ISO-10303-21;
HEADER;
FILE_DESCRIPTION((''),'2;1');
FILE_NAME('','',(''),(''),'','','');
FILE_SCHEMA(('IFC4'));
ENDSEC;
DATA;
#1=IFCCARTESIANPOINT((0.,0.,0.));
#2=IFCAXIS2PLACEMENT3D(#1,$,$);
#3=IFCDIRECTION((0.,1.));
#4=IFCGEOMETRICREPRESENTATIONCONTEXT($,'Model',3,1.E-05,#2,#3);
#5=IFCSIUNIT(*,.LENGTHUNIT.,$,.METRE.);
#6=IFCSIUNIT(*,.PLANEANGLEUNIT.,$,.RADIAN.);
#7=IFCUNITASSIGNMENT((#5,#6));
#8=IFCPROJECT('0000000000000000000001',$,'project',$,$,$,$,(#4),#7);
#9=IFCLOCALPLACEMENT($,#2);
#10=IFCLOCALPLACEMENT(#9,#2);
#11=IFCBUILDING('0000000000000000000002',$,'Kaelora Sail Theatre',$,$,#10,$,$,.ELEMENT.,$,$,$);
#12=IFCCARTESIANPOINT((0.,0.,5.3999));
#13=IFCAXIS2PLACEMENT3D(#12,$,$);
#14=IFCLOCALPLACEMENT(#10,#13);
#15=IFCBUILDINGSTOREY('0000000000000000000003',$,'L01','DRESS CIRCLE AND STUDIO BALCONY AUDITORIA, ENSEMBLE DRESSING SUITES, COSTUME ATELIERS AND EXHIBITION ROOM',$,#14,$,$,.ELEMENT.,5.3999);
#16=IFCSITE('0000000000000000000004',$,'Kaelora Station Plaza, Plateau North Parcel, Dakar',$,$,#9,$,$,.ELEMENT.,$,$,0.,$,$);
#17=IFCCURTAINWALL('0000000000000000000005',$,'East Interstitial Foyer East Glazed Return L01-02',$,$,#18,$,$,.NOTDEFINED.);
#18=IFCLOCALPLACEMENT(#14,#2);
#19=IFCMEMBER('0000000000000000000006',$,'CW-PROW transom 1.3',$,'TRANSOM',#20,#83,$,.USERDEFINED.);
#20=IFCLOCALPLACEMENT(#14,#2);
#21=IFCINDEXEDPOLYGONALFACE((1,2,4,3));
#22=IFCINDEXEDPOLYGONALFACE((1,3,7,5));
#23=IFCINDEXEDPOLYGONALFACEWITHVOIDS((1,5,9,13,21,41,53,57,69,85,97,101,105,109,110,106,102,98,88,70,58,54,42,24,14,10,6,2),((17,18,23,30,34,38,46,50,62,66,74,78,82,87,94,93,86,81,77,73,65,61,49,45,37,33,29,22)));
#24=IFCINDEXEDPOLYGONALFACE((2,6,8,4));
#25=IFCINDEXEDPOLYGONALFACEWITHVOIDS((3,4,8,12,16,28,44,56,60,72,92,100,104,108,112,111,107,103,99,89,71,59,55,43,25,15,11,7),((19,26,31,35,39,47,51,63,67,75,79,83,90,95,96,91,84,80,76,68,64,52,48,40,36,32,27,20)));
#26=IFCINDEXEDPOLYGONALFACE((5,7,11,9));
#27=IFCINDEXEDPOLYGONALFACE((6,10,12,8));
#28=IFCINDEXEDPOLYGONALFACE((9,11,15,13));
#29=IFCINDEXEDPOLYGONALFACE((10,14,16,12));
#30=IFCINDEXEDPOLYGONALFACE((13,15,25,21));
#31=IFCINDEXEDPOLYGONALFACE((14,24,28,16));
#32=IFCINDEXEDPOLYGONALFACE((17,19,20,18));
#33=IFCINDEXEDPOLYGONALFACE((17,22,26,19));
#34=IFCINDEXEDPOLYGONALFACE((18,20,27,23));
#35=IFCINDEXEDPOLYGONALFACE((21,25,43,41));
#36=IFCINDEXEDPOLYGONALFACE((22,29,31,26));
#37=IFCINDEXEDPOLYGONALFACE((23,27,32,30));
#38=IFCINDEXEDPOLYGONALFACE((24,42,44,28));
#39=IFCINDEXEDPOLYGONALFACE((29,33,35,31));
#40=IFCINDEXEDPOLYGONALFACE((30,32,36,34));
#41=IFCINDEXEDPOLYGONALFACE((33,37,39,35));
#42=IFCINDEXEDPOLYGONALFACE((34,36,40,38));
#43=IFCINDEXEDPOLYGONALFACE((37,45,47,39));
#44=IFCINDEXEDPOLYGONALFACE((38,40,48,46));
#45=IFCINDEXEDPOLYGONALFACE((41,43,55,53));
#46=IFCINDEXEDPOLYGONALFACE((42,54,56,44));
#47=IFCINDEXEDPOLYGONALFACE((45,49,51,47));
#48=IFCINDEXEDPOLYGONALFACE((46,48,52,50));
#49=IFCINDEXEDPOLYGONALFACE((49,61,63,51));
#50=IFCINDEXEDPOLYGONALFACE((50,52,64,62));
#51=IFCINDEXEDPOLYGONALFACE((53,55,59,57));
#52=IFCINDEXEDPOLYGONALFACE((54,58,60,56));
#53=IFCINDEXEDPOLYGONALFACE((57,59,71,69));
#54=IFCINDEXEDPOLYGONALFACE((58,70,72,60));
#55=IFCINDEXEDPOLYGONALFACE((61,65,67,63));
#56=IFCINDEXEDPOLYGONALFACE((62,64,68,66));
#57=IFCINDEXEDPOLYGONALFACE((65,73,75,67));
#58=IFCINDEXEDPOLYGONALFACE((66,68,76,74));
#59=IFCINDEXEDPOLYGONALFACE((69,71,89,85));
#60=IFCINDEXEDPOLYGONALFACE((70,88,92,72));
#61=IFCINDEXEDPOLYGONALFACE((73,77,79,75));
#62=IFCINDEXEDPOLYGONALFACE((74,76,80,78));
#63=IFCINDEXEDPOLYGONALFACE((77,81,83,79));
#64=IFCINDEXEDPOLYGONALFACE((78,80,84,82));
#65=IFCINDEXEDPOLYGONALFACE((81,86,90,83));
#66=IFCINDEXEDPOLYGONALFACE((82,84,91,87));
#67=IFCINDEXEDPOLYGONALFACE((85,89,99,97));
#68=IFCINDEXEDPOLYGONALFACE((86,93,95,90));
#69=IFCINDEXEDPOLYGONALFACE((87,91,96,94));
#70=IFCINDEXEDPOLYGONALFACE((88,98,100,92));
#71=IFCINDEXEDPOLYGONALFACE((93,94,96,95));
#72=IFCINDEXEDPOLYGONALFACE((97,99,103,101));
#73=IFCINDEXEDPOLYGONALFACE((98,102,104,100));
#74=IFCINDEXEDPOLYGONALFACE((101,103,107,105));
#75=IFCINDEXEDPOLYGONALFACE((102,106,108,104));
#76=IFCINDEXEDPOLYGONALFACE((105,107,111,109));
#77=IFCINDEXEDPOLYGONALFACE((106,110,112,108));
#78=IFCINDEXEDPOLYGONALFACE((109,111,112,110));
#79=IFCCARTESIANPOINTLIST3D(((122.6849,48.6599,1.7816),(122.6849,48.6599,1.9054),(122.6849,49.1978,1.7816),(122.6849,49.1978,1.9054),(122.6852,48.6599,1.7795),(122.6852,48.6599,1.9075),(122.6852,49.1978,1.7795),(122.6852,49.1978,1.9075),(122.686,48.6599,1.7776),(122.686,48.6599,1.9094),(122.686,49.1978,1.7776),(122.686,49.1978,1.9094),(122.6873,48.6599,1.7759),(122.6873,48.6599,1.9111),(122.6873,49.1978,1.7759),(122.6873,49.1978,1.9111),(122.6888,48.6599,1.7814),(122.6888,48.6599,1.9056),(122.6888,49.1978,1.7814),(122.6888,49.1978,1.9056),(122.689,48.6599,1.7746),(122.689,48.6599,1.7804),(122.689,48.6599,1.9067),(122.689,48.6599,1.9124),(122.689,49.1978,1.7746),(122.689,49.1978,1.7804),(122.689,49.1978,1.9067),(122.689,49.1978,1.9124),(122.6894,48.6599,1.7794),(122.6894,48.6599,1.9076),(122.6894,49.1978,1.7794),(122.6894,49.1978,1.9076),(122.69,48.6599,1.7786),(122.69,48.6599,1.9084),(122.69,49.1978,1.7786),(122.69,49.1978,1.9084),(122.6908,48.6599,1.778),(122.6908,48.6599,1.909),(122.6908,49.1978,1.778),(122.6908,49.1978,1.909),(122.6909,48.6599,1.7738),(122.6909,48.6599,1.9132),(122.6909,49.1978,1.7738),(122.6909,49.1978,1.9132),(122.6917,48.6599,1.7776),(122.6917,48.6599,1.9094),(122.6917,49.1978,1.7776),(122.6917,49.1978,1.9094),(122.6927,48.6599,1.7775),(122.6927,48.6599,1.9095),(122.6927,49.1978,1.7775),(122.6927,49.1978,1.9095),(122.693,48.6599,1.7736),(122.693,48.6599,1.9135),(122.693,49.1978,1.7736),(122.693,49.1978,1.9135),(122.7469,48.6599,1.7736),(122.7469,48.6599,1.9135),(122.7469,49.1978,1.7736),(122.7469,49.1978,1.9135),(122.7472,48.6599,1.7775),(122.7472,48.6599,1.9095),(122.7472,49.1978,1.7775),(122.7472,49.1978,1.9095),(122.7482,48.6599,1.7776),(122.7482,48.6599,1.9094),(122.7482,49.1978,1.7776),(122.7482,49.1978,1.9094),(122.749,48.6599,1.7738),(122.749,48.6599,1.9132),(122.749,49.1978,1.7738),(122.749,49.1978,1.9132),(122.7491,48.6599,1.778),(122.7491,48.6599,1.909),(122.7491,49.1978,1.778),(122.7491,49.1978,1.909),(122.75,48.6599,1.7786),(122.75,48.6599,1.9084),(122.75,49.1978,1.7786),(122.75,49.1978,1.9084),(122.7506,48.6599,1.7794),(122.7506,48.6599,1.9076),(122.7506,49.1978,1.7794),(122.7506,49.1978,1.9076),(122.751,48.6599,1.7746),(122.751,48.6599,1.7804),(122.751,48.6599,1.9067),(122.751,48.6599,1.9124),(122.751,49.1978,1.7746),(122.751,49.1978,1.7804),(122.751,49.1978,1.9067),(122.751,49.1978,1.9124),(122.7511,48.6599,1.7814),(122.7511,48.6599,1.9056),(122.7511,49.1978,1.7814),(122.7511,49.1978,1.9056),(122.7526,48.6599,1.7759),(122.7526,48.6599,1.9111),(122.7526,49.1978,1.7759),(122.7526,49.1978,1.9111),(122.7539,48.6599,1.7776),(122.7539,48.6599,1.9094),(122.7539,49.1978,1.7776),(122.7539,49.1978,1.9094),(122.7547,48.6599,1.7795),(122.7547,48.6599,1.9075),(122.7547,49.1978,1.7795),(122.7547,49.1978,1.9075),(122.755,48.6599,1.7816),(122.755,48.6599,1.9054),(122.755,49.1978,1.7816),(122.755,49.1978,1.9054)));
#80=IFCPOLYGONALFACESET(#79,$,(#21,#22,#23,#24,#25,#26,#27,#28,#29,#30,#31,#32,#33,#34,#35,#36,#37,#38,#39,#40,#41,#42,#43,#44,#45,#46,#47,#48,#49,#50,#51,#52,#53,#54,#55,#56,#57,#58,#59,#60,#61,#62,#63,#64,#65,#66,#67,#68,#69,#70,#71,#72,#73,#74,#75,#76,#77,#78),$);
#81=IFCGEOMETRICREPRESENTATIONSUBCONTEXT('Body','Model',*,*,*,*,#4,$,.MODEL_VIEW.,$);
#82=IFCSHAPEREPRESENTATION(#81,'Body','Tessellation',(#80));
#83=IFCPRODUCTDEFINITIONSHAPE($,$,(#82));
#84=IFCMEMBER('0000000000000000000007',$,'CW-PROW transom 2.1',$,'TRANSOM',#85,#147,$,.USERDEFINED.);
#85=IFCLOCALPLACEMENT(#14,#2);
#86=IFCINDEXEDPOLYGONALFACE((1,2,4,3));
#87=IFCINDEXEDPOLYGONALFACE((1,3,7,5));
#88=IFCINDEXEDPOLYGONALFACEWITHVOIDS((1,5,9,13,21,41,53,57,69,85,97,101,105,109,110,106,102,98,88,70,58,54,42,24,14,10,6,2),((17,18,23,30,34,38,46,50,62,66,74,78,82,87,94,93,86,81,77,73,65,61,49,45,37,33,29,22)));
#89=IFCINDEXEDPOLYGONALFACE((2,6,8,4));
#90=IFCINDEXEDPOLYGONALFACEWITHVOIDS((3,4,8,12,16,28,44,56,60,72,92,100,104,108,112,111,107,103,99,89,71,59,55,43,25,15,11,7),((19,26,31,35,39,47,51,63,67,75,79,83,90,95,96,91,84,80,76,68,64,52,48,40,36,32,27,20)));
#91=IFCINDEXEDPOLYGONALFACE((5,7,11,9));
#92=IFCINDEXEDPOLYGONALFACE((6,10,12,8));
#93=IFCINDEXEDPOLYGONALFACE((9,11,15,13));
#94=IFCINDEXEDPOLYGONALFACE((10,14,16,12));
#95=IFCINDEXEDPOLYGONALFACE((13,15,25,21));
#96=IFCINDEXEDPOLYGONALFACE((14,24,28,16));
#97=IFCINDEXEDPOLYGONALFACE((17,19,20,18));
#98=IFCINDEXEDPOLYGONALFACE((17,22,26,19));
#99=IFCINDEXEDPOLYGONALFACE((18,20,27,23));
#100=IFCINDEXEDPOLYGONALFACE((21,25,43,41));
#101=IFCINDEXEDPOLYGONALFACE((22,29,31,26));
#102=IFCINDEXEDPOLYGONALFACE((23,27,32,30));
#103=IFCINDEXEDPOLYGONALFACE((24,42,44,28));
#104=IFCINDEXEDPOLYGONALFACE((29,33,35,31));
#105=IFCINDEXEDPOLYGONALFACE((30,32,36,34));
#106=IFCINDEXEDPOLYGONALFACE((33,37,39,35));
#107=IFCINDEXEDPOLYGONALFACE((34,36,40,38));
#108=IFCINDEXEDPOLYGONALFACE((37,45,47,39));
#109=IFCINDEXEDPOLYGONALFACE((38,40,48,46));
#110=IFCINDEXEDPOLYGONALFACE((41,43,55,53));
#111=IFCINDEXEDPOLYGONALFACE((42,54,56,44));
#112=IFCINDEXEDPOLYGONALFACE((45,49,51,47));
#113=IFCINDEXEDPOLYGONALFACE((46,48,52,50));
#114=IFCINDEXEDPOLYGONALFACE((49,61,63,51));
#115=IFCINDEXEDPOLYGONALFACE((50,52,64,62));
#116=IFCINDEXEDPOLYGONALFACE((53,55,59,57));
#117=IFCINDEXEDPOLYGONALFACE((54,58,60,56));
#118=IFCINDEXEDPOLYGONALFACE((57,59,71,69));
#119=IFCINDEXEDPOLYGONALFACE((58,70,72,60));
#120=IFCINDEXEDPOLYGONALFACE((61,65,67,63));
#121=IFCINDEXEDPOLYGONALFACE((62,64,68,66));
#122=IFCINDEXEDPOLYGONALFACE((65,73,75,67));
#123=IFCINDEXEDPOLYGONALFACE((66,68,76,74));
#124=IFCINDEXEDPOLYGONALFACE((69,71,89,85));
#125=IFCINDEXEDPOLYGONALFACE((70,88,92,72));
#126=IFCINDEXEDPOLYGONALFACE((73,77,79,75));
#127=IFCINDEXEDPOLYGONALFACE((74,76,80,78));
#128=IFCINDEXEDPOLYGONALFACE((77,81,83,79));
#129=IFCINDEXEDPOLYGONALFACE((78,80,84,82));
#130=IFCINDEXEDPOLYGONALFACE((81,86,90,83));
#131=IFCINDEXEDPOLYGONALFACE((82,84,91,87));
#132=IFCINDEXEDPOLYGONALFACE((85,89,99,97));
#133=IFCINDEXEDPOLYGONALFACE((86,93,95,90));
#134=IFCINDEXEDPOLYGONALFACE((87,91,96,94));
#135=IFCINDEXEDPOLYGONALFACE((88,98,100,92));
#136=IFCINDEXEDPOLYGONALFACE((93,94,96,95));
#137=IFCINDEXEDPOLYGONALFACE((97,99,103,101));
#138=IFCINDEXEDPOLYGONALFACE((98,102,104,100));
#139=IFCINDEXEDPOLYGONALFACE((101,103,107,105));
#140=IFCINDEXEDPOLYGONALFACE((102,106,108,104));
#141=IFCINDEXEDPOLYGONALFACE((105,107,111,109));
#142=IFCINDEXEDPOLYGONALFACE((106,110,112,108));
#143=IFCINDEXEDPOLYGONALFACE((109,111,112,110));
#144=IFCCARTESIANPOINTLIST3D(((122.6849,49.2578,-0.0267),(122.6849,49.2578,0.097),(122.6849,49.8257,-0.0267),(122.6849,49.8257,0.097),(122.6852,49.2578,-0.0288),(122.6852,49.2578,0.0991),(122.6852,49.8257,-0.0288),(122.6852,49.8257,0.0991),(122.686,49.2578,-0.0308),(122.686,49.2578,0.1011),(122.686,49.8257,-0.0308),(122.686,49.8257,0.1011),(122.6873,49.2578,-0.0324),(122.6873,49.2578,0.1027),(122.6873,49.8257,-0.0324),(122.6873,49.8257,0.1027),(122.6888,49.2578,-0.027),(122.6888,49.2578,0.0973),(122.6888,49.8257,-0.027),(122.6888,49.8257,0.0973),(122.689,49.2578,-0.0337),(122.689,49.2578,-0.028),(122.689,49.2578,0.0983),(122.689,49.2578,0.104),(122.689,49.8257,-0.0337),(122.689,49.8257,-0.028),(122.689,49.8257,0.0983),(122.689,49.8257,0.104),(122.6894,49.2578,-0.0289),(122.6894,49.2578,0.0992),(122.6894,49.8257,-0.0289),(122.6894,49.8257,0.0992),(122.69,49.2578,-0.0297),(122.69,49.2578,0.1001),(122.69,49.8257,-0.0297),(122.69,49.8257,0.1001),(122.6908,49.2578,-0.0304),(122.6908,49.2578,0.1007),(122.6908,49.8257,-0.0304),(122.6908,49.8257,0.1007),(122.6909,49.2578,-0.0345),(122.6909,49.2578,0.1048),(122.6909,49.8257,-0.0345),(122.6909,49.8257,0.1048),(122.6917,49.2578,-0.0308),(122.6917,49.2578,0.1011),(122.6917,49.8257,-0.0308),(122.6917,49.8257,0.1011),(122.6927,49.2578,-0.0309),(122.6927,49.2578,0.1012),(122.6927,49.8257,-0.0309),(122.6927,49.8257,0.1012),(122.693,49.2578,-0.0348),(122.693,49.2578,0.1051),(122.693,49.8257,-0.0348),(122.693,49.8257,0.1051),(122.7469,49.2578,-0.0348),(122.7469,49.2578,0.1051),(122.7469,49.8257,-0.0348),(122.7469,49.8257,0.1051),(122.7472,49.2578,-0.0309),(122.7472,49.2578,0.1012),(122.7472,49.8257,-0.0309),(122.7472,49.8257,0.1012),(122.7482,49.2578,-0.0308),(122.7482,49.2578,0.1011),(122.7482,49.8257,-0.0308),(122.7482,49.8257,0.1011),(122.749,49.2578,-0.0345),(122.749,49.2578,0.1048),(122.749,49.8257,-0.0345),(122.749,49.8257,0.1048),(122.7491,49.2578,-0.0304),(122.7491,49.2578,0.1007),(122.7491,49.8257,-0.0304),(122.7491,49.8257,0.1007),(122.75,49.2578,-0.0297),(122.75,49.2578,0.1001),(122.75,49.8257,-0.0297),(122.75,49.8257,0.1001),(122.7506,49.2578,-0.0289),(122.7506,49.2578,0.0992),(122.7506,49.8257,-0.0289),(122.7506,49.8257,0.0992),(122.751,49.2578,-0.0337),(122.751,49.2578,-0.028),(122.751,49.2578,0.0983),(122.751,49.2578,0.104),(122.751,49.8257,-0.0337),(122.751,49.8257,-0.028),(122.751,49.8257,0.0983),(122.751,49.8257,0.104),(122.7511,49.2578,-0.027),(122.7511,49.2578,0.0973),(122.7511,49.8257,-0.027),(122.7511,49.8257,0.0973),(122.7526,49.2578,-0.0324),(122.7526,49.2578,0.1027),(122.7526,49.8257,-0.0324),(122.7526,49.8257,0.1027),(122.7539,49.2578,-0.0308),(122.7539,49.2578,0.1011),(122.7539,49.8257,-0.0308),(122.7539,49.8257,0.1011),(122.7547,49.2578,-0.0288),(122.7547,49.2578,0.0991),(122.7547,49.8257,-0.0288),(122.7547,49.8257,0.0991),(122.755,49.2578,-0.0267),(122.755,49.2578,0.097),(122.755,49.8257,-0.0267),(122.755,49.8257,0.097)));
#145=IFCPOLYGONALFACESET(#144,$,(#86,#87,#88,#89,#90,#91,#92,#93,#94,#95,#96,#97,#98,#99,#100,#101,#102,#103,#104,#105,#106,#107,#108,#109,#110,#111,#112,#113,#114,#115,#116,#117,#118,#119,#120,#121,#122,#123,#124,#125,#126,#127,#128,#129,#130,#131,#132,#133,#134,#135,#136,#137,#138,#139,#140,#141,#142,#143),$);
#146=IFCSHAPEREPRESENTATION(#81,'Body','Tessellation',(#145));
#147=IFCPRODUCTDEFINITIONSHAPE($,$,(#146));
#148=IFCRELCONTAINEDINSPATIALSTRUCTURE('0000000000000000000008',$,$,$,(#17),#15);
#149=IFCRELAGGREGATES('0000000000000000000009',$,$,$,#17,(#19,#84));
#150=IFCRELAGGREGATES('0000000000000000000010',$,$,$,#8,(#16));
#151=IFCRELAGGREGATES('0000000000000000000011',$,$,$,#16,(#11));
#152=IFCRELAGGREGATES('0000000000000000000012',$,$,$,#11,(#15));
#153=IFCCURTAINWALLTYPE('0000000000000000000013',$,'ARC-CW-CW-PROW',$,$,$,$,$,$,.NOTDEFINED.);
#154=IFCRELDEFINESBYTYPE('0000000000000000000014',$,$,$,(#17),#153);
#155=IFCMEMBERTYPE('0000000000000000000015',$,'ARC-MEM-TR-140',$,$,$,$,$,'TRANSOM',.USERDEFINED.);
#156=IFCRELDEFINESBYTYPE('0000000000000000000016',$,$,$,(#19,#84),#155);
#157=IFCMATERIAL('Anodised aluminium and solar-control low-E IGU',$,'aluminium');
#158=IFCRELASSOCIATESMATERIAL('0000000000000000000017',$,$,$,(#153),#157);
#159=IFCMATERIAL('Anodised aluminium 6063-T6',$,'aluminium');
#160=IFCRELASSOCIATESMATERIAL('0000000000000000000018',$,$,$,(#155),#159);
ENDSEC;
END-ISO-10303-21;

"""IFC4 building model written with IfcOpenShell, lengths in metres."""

from ifc_helpers import new_model, si_unit, direction, frame, origin, origin_2d, place, context, subcontext, project, spatial, hollow_rectangle, extrude, material, material_profile, profile_set, type_object, element, aggregate, save


model = new_model("IFC4")

# Units and contexts
model_context = context("Model", 3, precision=1e-05, world=origin(), true_north=direction((0.0, 1.0)))
body_context = subcontext(model_context, "Body", "Model", "MODEL_VIEW")
ifc_project = project(units=[si_unit("LENGTHUNIT", "METRE"), si_unit("PLANEANGLEUNIT", "RADIAN")], contexts=[model_context])

# Site, building, storey
site_placement = place(None, origin())
site = spatial("IfcSite", under=ifc_project, at=site_placement, Name="Kaelora Station Plaza, Plateau North Parcel, Dakar", CompositionType="ELEMENT", RefElevation=0.0)
building_placement = place(site_placement, origin())
building = spatial("IfcBuilding", under=site, at=building_placement, Name="Kaelora Sail Theatre", CompositionType="ELEMENT")
storey_placement = place(building_placement, frame((0.0, 0.0, 5.3999)))
storey = spatial("IfcBuildingStorey", under=building, at=storey_placement, Name="L01", Description="DRESS CIRCLE AND STUDIO BALCONY AUDITORIA, ENSEMBLE DRESSING SUITES, COSTUME ATELIERS AND EXHIBITION ROOM", CompositionType="ELEMENT", Elevation=5.3999)

# Curtain wall
ifc_material_1 = material(Name="Anodised aluminium and solar-control low-E IGU", Category="aluminium")
curtain_wall_type = type_object("IfcCurtainWallType", Name="ARC-CW-CW-PROW", PredefinedType="NOTDEFINED", material=ifc_material_1)
curtain_wall_1_placement = place(storey_placement, origin())
curtain_wall_1 = element("IfcCurtainWall", 1, at=curtain_wall_1_placement, inside=storey, type_object=curtain_wall_type, Name="East Interstitial Foyer East Glazed Return L01-02", PredefinedType="NOTDEFINED")

# Members
ifc_material_2 = material(Name="Anodised aluminium 6063-T6", Category="aluminium")
ifc_material_profile_1 = material_profile(ifc_material_2, hollow_rectangle(XDim=0.0701, YDim=0.1399, WallThickness=0.0039, InnerFilletRadius=0.0039, OuterFilletRadius=0.0081, at=origin_2d()), Name="ALU-TRAN 70x140x4")
ifc_profile_set_1 = profile_set([ifc_material_profile_1], Name="Anodised aluminium 6063-T6")
member_type_1 = type_object("IfcMemberType", Name="ARC-MEM-TR-140", ElementType="TRANSOM", PredefinedType="USERDEFINED", material=ifc_profile_set_1)
member_1_placement = place(storey_placement, frame((122.72, 48.6599, 1.8435), z_axis=(0.0, 1.0, 0.0), x_axis=(-1.0, 0.0, 0.0)))
member_1 = element("IfcMember", 2, at=member_1_placement, type_object=member_type_1, Name="CW-PROW transom 1.3", ObjectType="TRANSOM", PredefinedType="USERDEFINED", context=body_context, shape_type="SweptSolid", body=[
    extrude(hollow_rectangle(XDim=0.0701, YDim=0.1399, WallThickness=0.0039, InnerFilletRadius=0.0039, OuterFilletRadius=0.0081, at=origin_2d()), origin(), (0.0, 0.0, 1.0), 0.5378),
])
member_2_placement = place(storey_placement, frame((122.72, 49.2578, 0.0352), z_axis=(0.0, 1.0, 0.0), x_axis=(-1.0, 0.0, 0.0)))
member_2 = element("IfcMember", 3, at=member_2_placement, type_object=member_type_1, Name="CW-PROW transom 2.1", ObjectType="TRANSOM", PredefinedType="USERDEFINED", context=body_context, shape_type="SweptSolid", body=[
    extrude(hollow_rectangle(XDim=0.0701, YDim=0.1399, WallThickness=0.0039, InnerFilletRadius=0.0039, OuterFilletRadius=0.0081, at=origin_2d()), origin(), (0.0, 0.0, 1.0), 0.5679),
])

aggregate(curtain_wall_1, [member_1, member_2])

save(model, "model.ifc")
